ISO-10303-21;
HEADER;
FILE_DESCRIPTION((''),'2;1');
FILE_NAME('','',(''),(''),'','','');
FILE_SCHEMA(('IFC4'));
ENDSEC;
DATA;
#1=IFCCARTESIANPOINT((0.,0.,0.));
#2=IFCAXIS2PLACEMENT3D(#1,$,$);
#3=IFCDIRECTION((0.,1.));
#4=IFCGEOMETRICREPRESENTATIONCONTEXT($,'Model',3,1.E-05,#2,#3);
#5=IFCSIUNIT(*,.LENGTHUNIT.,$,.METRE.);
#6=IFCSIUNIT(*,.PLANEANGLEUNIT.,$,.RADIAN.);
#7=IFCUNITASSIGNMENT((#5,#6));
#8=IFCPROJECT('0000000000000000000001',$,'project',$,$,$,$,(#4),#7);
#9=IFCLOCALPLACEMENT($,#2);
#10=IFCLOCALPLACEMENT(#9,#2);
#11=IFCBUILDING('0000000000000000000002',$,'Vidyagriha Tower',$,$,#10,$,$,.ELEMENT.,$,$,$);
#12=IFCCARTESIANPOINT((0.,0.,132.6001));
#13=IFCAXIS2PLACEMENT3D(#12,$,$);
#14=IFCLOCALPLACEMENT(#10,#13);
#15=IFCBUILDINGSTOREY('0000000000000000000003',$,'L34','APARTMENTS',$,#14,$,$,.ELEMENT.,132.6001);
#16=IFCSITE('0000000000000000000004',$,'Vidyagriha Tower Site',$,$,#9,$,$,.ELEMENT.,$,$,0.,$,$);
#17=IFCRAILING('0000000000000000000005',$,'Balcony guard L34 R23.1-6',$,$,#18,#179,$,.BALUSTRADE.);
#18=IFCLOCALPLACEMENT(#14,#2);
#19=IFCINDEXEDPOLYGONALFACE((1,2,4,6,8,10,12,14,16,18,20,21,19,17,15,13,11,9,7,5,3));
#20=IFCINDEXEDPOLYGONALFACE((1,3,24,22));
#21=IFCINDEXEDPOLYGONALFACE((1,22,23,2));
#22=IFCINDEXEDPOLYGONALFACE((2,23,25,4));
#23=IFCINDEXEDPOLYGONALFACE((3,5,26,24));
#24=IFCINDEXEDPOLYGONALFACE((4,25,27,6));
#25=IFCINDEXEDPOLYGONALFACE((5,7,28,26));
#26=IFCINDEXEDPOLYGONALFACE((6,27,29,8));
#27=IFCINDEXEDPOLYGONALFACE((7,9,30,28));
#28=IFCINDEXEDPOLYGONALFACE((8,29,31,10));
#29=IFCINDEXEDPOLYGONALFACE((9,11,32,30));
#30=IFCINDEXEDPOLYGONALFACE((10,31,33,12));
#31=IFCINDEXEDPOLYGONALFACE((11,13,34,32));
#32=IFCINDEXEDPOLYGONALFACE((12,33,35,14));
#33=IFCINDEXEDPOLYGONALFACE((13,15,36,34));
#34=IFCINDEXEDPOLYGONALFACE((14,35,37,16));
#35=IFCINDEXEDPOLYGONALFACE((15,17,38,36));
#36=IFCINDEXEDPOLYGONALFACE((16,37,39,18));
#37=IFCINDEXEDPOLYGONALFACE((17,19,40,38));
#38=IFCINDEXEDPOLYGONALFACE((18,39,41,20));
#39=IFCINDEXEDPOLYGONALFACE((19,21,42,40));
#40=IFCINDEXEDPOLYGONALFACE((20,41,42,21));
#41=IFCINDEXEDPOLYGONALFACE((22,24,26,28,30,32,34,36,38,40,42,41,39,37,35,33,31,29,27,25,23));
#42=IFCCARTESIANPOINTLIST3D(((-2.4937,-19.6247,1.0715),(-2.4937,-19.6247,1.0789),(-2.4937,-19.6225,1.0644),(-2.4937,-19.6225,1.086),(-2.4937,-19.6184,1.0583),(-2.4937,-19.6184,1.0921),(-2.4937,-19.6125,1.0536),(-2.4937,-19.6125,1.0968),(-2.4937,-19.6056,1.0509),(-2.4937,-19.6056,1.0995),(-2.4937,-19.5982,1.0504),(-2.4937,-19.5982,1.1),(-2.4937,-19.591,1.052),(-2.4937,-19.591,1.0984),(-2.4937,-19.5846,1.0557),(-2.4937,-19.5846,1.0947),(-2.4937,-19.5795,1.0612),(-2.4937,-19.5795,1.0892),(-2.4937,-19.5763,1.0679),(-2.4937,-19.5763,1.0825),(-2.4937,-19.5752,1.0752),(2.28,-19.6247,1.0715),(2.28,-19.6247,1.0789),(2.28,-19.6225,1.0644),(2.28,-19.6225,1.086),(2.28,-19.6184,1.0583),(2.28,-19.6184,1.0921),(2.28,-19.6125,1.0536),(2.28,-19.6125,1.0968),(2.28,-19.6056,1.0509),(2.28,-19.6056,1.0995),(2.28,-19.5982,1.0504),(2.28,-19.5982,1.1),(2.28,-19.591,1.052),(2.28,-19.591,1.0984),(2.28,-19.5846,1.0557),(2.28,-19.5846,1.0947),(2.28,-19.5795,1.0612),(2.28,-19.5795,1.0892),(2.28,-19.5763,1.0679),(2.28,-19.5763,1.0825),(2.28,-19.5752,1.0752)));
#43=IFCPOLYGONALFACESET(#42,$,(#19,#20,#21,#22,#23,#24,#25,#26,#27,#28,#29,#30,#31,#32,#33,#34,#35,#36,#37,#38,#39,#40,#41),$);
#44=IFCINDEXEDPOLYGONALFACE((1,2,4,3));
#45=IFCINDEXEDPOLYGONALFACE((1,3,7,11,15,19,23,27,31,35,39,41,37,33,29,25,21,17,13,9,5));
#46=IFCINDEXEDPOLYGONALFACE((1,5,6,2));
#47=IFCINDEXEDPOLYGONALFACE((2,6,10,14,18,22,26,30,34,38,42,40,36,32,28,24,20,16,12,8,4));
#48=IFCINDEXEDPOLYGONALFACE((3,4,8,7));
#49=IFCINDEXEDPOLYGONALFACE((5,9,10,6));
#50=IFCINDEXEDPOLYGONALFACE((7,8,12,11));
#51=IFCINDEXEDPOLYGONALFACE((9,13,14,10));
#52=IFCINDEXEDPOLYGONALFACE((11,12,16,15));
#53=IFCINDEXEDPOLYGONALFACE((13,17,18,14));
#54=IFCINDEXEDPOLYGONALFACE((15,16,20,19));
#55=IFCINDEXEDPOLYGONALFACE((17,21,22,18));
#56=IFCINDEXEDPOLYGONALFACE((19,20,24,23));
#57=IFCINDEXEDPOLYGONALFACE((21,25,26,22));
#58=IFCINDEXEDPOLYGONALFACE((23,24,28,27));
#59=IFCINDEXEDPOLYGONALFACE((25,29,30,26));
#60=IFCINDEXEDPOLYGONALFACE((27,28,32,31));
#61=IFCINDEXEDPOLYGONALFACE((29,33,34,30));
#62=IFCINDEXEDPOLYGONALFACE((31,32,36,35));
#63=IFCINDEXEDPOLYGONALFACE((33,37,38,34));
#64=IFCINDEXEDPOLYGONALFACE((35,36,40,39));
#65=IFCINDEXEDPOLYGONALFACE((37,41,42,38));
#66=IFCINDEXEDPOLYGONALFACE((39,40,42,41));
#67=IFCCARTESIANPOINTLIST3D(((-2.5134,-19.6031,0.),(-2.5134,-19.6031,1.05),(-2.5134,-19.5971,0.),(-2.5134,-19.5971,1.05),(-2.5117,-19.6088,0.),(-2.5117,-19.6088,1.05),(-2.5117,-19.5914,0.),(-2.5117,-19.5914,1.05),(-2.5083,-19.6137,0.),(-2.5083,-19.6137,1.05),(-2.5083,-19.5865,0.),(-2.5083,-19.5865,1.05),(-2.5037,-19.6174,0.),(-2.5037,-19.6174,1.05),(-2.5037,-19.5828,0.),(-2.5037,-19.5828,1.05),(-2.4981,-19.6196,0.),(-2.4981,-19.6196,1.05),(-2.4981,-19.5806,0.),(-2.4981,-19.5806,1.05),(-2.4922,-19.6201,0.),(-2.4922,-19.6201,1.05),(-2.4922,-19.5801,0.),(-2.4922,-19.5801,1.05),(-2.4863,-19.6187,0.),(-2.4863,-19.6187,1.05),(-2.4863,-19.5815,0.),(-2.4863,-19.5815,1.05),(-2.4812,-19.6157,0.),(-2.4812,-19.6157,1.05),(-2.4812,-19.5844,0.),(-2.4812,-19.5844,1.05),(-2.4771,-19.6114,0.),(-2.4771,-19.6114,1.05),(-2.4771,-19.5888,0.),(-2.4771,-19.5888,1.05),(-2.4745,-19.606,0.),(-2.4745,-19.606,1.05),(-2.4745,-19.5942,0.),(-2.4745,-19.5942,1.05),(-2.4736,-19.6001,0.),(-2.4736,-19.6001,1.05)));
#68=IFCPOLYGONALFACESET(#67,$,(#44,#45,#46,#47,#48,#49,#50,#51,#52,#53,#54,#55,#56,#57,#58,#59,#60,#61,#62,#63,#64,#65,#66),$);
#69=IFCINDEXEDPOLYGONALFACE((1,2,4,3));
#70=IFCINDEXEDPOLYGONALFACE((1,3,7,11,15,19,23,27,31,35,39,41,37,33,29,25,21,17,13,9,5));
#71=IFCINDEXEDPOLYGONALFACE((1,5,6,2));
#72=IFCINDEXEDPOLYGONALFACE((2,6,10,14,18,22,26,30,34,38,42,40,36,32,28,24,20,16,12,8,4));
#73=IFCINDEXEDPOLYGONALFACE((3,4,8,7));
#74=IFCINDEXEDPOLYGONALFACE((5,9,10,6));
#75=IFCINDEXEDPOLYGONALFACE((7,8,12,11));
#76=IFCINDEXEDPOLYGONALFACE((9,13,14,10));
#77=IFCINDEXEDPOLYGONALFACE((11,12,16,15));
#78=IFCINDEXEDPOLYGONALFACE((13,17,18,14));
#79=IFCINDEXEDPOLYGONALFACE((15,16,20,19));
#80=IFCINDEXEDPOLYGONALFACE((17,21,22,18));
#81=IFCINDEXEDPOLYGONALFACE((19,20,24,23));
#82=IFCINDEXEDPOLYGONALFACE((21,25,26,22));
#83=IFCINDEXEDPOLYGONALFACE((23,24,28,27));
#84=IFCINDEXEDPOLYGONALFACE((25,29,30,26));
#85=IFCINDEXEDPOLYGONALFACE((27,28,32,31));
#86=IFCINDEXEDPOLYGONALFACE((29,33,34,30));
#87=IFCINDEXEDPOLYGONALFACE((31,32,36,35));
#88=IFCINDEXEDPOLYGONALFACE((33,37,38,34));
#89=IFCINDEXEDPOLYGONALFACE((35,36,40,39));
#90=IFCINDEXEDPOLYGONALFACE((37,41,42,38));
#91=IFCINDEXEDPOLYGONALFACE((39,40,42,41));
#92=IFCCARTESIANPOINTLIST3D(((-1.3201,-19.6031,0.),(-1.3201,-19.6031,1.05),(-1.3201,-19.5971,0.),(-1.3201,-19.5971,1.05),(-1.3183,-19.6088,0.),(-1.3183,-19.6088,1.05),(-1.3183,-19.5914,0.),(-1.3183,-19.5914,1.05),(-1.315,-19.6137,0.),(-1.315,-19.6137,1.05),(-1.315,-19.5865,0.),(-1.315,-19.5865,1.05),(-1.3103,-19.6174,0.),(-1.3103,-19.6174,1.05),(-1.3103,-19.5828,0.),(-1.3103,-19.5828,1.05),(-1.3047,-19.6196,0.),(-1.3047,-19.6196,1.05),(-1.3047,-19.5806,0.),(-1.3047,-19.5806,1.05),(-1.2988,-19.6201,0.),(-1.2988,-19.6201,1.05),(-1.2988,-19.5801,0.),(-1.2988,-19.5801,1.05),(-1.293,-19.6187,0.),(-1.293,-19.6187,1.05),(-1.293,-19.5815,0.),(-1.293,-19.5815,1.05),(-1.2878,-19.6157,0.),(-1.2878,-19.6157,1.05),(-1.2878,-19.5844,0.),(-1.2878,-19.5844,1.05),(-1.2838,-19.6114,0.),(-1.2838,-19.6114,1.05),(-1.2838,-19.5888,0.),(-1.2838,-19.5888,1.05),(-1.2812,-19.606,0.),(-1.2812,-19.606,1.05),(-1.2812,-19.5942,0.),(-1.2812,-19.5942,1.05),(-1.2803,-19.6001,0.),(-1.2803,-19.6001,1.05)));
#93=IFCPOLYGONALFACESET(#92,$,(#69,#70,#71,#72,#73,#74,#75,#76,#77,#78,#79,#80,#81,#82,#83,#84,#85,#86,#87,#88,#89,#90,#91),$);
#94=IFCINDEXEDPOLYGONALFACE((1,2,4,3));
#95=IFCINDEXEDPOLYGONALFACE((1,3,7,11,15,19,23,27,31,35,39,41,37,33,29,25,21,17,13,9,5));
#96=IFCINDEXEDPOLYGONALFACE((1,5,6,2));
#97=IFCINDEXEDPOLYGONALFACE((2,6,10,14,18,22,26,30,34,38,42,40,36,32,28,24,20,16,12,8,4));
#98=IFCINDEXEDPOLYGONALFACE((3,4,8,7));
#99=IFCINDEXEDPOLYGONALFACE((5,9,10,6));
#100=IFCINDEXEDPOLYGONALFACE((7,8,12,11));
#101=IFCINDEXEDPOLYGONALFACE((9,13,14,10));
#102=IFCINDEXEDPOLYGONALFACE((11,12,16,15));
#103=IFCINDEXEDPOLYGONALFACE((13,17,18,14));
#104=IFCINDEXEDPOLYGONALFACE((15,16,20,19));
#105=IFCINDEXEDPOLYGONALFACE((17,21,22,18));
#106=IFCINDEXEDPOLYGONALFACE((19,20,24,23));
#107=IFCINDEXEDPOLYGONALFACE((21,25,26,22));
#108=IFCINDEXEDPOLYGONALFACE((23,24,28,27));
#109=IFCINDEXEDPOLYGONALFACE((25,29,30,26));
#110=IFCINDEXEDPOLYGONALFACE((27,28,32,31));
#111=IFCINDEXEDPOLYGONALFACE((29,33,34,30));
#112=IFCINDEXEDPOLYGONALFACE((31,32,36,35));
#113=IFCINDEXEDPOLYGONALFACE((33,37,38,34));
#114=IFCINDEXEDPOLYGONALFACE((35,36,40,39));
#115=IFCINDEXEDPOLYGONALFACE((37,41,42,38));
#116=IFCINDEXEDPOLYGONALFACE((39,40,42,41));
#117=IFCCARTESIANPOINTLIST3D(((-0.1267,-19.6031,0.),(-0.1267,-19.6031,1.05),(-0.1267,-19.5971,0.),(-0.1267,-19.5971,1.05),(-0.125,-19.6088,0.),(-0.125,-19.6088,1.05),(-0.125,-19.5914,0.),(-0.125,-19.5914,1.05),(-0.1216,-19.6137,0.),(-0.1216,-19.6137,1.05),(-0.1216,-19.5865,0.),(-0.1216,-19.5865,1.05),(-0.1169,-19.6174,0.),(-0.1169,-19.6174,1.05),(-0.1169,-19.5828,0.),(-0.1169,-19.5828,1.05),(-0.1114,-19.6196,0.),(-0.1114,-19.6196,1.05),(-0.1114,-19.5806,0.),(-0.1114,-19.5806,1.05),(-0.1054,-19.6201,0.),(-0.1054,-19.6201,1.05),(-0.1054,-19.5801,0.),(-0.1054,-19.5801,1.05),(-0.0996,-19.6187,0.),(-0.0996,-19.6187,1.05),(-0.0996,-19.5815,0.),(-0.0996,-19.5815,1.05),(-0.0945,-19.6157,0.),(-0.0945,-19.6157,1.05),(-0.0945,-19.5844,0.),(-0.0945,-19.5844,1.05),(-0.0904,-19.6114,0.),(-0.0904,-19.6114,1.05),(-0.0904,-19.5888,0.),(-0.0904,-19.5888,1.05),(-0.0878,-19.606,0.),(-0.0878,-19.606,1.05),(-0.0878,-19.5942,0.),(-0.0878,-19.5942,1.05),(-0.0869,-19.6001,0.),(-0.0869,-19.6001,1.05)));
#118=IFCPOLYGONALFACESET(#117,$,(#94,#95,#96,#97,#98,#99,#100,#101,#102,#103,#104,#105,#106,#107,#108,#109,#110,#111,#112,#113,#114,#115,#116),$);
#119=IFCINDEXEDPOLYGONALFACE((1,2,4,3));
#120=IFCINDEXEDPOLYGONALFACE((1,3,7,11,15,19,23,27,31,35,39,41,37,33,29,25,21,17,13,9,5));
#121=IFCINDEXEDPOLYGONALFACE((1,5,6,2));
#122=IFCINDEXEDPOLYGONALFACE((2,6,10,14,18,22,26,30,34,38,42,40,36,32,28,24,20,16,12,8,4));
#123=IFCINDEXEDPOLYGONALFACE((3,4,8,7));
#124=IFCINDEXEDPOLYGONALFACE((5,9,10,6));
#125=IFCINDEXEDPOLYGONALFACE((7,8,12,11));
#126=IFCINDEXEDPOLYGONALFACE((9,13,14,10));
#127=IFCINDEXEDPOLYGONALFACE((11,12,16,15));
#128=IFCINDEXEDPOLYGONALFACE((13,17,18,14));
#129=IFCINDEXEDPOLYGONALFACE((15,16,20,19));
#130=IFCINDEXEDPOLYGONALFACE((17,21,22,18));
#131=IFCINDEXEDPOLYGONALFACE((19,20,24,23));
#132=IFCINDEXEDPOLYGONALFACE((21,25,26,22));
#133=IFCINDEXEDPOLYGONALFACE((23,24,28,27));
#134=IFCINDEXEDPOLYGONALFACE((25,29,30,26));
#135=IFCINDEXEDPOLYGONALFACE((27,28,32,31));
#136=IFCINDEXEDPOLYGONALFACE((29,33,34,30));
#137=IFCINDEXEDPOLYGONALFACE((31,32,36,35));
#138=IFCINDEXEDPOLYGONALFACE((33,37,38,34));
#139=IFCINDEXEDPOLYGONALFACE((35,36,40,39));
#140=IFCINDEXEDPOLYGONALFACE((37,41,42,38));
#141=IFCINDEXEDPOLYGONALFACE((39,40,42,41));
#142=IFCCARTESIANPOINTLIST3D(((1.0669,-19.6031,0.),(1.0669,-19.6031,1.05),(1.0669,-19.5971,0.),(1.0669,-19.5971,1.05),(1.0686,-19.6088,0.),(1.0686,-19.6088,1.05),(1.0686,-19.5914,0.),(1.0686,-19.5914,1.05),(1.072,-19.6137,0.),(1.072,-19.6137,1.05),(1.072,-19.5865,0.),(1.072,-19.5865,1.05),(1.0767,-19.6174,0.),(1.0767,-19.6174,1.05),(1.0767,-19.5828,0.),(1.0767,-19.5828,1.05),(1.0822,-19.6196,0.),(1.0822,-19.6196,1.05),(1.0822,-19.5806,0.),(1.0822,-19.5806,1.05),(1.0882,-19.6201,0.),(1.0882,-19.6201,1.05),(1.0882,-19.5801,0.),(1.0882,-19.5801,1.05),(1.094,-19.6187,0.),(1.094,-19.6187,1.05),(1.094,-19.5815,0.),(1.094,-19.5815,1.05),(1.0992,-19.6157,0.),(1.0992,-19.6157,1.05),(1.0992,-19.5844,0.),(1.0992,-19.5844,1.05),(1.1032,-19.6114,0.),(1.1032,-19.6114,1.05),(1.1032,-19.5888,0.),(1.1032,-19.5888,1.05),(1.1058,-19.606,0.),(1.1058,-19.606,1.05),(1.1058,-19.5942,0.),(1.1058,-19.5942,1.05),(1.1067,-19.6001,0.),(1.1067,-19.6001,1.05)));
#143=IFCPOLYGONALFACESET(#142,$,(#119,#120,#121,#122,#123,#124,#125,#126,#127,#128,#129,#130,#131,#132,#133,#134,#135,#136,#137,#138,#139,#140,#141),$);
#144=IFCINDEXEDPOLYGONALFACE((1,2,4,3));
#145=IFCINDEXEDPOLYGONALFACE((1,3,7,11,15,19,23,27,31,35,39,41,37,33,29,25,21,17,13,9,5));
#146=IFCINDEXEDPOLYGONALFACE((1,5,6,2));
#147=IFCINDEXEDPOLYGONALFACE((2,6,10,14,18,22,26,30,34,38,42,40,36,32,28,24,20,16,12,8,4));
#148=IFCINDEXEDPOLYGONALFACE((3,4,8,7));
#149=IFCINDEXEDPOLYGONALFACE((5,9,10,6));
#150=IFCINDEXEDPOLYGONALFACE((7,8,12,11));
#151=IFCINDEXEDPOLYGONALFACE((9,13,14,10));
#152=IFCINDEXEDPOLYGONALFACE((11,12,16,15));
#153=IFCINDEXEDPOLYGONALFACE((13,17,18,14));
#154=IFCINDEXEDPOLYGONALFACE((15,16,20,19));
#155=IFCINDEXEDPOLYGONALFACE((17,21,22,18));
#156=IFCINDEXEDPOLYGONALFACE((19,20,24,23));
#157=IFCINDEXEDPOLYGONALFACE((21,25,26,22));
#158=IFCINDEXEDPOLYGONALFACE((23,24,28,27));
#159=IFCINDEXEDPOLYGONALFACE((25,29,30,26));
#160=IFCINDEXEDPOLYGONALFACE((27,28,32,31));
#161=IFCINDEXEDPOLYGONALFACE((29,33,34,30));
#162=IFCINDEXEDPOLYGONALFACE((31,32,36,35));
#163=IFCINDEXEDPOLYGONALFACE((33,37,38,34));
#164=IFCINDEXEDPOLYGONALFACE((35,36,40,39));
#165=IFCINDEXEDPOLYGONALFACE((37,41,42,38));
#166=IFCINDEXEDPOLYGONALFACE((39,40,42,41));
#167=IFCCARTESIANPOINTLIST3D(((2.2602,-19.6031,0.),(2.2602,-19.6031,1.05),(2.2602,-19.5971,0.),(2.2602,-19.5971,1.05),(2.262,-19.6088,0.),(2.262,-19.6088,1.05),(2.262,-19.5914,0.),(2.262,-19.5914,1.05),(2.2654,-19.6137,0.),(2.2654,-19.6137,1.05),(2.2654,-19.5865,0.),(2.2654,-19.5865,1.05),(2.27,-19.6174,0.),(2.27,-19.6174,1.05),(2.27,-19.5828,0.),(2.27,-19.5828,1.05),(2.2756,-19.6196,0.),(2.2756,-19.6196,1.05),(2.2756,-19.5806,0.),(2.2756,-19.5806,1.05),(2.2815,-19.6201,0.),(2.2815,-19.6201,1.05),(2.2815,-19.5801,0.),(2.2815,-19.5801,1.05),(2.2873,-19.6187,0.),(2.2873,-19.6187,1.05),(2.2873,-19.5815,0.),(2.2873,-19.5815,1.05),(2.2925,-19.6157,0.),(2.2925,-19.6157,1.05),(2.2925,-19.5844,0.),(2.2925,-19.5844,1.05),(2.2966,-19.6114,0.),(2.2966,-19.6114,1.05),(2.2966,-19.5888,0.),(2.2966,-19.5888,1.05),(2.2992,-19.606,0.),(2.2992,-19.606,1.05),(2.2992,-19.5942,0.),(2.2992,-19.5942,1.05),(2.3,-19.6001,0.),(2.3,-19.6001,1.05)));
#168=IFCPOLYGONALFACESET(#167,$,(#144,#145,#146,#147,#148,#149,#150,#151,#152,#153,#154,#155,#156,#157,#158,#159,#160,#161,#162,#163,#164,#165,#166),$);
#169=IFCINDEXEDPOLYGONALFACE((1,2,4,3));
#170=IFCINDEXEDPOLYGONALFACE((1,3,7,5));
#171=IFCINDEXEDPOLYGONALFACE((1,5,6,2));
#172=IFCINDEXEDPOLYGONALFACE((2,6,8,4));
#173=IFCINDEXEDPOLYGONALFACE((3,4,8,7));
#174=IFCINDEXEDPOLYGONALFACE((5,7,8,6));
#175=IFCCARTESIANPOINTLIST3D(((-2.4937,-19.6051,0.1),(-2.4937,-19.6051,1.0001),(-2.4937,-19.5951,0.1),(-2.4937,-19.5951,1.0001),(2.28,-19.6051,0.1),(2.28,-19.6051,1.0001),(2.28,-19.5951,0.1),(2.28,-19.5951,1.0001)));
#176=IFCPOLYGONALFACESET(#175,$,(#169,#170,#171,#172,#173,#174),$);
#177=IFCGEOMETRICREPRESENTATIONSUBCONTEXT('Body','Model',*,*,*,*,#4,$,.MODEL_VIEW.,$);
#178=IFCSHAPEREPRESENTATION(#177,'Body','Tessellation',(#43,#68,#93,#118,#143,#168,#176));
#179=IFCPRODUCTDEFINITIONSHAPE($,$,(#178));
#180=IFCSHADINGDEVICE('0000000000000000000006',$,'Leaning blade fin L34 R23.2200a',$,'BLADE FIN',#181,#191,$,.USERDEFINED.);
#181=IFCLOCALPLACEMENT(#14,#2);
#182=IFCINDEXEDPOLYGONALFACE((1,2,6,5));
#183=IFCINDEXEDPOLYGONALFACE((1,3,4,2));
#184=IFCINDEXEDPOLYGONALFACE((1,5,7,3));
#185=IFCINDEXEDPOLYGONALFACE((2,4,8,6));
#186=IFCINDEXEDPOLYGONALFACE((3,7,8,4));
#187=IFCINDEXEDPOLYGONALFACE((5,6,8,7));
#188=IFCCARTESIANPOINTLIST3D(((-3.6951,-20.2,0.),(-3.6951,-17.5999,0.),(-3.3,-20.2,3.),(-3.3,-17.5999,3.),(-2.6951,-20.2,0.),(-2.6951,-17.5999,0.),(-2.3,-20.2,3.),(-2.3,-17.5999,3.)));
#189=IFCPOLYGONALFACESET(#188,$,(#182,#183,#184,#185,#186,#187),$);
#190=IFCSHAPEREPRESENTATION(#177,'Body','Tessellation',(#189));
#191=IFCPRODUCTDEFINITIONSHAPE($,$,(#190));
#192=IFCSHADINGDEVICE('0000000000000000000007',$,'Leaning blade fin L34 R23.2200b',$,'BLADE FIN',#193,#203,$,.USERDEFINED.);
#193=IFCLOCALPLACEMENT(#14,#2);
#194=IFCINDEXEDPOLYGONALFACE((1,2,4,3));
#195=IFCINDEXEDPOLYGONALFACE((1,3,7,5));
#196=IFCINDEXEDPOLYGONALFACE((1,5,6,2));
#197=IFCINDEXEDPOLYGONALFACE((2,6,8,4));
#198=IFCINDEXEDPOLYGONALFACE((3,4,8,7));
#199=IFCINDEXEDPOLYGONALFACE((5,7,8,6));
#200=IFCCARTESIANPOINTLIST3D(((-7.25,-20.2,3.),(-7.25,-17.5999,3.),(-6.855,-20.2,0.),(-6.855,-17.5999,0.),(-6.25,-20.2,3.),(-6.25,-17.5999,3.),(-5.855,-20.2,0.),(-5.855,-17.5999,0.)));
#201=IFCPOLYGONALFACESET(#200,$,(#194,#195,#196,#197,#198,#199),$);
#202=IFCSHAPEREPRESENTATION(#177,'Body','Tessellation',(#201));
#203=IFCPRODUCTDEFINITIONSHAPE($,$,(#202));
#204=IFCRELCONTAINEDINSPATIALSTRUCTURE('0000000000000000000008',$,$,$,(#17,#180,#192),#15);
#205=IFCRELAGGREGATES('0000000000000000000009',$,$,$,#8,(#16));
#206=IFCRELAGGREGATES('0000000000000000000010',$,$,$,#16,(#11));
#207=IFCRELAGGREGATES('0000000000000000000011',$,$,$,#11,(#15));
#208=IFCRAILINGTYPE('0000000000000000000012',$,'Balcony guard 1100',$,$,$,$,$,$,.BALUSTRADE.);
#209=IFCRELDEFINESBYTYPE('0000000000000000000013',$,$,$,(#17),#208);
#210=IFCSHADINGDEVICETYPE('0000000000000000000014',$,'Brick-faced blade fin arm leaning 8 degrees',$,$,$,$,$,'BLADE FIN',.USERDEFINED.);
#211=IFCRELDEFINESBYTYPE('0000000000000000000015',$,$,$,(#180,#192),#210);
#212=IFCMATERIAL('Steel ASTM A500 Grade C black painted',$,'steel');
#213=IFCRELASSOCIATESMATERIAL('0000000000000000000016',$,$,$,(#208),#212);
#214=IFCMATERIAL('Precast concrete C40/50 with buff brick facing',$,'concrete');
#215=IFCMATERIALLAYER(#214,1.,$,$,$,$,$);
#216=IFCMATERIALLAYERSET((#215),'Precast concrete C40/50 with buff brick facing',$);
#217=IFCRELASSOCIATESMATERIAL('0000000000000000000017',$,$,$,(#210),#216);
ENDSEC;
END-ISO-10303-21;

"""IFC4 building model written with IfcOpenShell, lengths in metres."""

from ifc_helpers import new_model, si_unit, direction, frame, origin, origin_2d, place, context, subcontext, project, spatial, polyline, rectangle, circle, outline, extrude, material, layer, layer_set, type_object, element, save


model = new_model("IFC4")

# Units and contexts
model_context = context("Model", 3, precision=1e-05, world=origin(), true_north=direction((0.0, 1.0)))
body_context = subcontext(model_context, "Body", "Model", "MODEL_VIEW")
ifc_project = project(units=[si_unit("LENGTHUNIT", "METRE"), si_unit("PLANEANGLEUNIT", "RADIAN")], contexts=[model_context])

# Site, building, storey
site_placement = place(None, origin())
site = spatial("IfcSite", under=ifc_project, at=site_placement, Name="Vidyagriha Tower Site", CompositionType="ELEMENT", RefElevation=0.0)
building_placement = place(site_placement, origin())
building = spatial("IfcBuilding", under=site, at=building_placement, Name="Vidyagriha Tower", CompositionType="ELEMENT")
storey_placement = place(building_placement, frame((0.0, 0.0, 132.6001)))
storey = spatial("IfcBuildingStorey", under=building, at=storey_placement, Name="L34", Description="APARTMENTS", CompositionType="ELEMENT", Elevation=132.6001)

# Railing
ifc_material_1 = material(Name="Steel ASTM A500 Grade C black painted", Category="steel")
railing_type = type_object("IfcRailingType", Name="Balcony guard 1100", PredefinedType="BALUSTRADE", material=ifc_material_1)
railing_1_placement = place(storey_placement, frame((-2.4937, -19.6001, 0.0)))
element("IfcRailing", 1, at=railing_1_placement, inside=storey, type_object=railing_type, Name="Balcony guard L34 R23.1-6", PredefinedType="BALUSTRADE", context=body_context, shape_type="SweptSolid", body=[
    extrude(circle(Radius=0.0249, at=origin_2d()), frame((0.0, 0.0, 1.0752), z_axis=(1.0, 0.0, 0.0), x_axis=(0.0, 1.0, 0.0)), (0.0, 0.0, 1.0), 4.7737),
    extrude(circle(Radius=0.02, at=origin_2d()), origin(), (0.0, 0.0, 1.0), 1.05),
    extrude(circle(Radius=0.02, at=origin_2d()), frame((1.1934, 0.0, 0.0)), (0.0, 0.0, 1.0), 1.05),
    extrude(circle(Radius=0.02, at=origin_2d()), frame((2.3867, 0.0, 0.0)), (0.0, 0.0, 1.0), 1.05),
    extrude(circle(Radius=0.02, at=origin_2d()), frame((3.5803, 0.0, 0.0)), (0.0, 0.0, 1.0), 1.05),
    extrude(circle(Radius=0.02, at=origin_2d()), frame((4.7737, 0.0, 0.0)), (0.0, 0.0, 1.0), 1.05),
    extrude(rectangle(XDim=0.01, YDim=0.9001, at=origin_2d()), frame((0.0, 0.0, 0.55), z_axis=(1.0, 0.0, 0.0), x_axis=(0.0, 1.0, 0.0)), (0.0, 0.0, 1.0), 4.7737),
])

# Shading devices
ifc_material_2 = material(Name="Precast concrete C40/50 with buff brick facing", Category="concrete")
ifc_layer_1 = layer(ifc_material_2, 1.0)
ifc_layer_set_1 = layer_set([ifc_layer_1], Name="Precast concrete C40/50 with buff brick facing")
shading_device_type = type_object("IfcShadingDeviceType", Name="Brick-faced blade fin arm leaning 8 degrees", ElementType="BLADE FIN", PredefinedType="USERDEFINED", material=ifc_layer_set_1)
shading_device_1_placement = place(storey_placement, frame((-3.6951, -18.8999, 0.0)))
element("IfcShadingDevice", 2, at=shading_device_1_placement, inside=storey, type_object=shading_device_type, Name="Leaning blade fin L34 R23.2200a", ObjectType="BLADE FIN", PredefinedType="USERDEFINED", context=body_context, shape_type="SweptSolid", body=[
    extrude(outline(polyline([(0.0, 0.0), (1.0, 0.0), (1.395, 3.0), (0.395, 3.0), (0.0, 0.0)])), frame((0.0, 1.3, 0.0), z_axis=(0.0, -1.0, 0.0), x_axis=(1.0, 0.0, 0.0)), (0.0, 0.0, 1.0), 2.6001),
])
shading_device_2_placement = place(storey_placement, frame((-7.25, -18.8999, 0.0)))
element("IfcShadingDevice", 3, at=shading_device_2_placement, inside=storey, type_object=shading_device_type, Name="Leaning blade fin L34 R23.2200b", ObjectType="BLADE FIN", PredefinedType="USERDEFINED", context=body_context, shape_type="SweptSolid", body=[
    extrude(outline(polyline([(0.395, 0.0), (1.395, 0.0), (1.0, 3.0), (0.0, 3.0), (0.395, 0.0)])), frame((0.0, 1.3, 0.0), z_axis=(0.0, -1.0, 0.0), x_axis=(1.0, 0.0, 0.0)), (0.0, 0.0, 1.0), 2.6001),
])

save(model, "model.ifc")
